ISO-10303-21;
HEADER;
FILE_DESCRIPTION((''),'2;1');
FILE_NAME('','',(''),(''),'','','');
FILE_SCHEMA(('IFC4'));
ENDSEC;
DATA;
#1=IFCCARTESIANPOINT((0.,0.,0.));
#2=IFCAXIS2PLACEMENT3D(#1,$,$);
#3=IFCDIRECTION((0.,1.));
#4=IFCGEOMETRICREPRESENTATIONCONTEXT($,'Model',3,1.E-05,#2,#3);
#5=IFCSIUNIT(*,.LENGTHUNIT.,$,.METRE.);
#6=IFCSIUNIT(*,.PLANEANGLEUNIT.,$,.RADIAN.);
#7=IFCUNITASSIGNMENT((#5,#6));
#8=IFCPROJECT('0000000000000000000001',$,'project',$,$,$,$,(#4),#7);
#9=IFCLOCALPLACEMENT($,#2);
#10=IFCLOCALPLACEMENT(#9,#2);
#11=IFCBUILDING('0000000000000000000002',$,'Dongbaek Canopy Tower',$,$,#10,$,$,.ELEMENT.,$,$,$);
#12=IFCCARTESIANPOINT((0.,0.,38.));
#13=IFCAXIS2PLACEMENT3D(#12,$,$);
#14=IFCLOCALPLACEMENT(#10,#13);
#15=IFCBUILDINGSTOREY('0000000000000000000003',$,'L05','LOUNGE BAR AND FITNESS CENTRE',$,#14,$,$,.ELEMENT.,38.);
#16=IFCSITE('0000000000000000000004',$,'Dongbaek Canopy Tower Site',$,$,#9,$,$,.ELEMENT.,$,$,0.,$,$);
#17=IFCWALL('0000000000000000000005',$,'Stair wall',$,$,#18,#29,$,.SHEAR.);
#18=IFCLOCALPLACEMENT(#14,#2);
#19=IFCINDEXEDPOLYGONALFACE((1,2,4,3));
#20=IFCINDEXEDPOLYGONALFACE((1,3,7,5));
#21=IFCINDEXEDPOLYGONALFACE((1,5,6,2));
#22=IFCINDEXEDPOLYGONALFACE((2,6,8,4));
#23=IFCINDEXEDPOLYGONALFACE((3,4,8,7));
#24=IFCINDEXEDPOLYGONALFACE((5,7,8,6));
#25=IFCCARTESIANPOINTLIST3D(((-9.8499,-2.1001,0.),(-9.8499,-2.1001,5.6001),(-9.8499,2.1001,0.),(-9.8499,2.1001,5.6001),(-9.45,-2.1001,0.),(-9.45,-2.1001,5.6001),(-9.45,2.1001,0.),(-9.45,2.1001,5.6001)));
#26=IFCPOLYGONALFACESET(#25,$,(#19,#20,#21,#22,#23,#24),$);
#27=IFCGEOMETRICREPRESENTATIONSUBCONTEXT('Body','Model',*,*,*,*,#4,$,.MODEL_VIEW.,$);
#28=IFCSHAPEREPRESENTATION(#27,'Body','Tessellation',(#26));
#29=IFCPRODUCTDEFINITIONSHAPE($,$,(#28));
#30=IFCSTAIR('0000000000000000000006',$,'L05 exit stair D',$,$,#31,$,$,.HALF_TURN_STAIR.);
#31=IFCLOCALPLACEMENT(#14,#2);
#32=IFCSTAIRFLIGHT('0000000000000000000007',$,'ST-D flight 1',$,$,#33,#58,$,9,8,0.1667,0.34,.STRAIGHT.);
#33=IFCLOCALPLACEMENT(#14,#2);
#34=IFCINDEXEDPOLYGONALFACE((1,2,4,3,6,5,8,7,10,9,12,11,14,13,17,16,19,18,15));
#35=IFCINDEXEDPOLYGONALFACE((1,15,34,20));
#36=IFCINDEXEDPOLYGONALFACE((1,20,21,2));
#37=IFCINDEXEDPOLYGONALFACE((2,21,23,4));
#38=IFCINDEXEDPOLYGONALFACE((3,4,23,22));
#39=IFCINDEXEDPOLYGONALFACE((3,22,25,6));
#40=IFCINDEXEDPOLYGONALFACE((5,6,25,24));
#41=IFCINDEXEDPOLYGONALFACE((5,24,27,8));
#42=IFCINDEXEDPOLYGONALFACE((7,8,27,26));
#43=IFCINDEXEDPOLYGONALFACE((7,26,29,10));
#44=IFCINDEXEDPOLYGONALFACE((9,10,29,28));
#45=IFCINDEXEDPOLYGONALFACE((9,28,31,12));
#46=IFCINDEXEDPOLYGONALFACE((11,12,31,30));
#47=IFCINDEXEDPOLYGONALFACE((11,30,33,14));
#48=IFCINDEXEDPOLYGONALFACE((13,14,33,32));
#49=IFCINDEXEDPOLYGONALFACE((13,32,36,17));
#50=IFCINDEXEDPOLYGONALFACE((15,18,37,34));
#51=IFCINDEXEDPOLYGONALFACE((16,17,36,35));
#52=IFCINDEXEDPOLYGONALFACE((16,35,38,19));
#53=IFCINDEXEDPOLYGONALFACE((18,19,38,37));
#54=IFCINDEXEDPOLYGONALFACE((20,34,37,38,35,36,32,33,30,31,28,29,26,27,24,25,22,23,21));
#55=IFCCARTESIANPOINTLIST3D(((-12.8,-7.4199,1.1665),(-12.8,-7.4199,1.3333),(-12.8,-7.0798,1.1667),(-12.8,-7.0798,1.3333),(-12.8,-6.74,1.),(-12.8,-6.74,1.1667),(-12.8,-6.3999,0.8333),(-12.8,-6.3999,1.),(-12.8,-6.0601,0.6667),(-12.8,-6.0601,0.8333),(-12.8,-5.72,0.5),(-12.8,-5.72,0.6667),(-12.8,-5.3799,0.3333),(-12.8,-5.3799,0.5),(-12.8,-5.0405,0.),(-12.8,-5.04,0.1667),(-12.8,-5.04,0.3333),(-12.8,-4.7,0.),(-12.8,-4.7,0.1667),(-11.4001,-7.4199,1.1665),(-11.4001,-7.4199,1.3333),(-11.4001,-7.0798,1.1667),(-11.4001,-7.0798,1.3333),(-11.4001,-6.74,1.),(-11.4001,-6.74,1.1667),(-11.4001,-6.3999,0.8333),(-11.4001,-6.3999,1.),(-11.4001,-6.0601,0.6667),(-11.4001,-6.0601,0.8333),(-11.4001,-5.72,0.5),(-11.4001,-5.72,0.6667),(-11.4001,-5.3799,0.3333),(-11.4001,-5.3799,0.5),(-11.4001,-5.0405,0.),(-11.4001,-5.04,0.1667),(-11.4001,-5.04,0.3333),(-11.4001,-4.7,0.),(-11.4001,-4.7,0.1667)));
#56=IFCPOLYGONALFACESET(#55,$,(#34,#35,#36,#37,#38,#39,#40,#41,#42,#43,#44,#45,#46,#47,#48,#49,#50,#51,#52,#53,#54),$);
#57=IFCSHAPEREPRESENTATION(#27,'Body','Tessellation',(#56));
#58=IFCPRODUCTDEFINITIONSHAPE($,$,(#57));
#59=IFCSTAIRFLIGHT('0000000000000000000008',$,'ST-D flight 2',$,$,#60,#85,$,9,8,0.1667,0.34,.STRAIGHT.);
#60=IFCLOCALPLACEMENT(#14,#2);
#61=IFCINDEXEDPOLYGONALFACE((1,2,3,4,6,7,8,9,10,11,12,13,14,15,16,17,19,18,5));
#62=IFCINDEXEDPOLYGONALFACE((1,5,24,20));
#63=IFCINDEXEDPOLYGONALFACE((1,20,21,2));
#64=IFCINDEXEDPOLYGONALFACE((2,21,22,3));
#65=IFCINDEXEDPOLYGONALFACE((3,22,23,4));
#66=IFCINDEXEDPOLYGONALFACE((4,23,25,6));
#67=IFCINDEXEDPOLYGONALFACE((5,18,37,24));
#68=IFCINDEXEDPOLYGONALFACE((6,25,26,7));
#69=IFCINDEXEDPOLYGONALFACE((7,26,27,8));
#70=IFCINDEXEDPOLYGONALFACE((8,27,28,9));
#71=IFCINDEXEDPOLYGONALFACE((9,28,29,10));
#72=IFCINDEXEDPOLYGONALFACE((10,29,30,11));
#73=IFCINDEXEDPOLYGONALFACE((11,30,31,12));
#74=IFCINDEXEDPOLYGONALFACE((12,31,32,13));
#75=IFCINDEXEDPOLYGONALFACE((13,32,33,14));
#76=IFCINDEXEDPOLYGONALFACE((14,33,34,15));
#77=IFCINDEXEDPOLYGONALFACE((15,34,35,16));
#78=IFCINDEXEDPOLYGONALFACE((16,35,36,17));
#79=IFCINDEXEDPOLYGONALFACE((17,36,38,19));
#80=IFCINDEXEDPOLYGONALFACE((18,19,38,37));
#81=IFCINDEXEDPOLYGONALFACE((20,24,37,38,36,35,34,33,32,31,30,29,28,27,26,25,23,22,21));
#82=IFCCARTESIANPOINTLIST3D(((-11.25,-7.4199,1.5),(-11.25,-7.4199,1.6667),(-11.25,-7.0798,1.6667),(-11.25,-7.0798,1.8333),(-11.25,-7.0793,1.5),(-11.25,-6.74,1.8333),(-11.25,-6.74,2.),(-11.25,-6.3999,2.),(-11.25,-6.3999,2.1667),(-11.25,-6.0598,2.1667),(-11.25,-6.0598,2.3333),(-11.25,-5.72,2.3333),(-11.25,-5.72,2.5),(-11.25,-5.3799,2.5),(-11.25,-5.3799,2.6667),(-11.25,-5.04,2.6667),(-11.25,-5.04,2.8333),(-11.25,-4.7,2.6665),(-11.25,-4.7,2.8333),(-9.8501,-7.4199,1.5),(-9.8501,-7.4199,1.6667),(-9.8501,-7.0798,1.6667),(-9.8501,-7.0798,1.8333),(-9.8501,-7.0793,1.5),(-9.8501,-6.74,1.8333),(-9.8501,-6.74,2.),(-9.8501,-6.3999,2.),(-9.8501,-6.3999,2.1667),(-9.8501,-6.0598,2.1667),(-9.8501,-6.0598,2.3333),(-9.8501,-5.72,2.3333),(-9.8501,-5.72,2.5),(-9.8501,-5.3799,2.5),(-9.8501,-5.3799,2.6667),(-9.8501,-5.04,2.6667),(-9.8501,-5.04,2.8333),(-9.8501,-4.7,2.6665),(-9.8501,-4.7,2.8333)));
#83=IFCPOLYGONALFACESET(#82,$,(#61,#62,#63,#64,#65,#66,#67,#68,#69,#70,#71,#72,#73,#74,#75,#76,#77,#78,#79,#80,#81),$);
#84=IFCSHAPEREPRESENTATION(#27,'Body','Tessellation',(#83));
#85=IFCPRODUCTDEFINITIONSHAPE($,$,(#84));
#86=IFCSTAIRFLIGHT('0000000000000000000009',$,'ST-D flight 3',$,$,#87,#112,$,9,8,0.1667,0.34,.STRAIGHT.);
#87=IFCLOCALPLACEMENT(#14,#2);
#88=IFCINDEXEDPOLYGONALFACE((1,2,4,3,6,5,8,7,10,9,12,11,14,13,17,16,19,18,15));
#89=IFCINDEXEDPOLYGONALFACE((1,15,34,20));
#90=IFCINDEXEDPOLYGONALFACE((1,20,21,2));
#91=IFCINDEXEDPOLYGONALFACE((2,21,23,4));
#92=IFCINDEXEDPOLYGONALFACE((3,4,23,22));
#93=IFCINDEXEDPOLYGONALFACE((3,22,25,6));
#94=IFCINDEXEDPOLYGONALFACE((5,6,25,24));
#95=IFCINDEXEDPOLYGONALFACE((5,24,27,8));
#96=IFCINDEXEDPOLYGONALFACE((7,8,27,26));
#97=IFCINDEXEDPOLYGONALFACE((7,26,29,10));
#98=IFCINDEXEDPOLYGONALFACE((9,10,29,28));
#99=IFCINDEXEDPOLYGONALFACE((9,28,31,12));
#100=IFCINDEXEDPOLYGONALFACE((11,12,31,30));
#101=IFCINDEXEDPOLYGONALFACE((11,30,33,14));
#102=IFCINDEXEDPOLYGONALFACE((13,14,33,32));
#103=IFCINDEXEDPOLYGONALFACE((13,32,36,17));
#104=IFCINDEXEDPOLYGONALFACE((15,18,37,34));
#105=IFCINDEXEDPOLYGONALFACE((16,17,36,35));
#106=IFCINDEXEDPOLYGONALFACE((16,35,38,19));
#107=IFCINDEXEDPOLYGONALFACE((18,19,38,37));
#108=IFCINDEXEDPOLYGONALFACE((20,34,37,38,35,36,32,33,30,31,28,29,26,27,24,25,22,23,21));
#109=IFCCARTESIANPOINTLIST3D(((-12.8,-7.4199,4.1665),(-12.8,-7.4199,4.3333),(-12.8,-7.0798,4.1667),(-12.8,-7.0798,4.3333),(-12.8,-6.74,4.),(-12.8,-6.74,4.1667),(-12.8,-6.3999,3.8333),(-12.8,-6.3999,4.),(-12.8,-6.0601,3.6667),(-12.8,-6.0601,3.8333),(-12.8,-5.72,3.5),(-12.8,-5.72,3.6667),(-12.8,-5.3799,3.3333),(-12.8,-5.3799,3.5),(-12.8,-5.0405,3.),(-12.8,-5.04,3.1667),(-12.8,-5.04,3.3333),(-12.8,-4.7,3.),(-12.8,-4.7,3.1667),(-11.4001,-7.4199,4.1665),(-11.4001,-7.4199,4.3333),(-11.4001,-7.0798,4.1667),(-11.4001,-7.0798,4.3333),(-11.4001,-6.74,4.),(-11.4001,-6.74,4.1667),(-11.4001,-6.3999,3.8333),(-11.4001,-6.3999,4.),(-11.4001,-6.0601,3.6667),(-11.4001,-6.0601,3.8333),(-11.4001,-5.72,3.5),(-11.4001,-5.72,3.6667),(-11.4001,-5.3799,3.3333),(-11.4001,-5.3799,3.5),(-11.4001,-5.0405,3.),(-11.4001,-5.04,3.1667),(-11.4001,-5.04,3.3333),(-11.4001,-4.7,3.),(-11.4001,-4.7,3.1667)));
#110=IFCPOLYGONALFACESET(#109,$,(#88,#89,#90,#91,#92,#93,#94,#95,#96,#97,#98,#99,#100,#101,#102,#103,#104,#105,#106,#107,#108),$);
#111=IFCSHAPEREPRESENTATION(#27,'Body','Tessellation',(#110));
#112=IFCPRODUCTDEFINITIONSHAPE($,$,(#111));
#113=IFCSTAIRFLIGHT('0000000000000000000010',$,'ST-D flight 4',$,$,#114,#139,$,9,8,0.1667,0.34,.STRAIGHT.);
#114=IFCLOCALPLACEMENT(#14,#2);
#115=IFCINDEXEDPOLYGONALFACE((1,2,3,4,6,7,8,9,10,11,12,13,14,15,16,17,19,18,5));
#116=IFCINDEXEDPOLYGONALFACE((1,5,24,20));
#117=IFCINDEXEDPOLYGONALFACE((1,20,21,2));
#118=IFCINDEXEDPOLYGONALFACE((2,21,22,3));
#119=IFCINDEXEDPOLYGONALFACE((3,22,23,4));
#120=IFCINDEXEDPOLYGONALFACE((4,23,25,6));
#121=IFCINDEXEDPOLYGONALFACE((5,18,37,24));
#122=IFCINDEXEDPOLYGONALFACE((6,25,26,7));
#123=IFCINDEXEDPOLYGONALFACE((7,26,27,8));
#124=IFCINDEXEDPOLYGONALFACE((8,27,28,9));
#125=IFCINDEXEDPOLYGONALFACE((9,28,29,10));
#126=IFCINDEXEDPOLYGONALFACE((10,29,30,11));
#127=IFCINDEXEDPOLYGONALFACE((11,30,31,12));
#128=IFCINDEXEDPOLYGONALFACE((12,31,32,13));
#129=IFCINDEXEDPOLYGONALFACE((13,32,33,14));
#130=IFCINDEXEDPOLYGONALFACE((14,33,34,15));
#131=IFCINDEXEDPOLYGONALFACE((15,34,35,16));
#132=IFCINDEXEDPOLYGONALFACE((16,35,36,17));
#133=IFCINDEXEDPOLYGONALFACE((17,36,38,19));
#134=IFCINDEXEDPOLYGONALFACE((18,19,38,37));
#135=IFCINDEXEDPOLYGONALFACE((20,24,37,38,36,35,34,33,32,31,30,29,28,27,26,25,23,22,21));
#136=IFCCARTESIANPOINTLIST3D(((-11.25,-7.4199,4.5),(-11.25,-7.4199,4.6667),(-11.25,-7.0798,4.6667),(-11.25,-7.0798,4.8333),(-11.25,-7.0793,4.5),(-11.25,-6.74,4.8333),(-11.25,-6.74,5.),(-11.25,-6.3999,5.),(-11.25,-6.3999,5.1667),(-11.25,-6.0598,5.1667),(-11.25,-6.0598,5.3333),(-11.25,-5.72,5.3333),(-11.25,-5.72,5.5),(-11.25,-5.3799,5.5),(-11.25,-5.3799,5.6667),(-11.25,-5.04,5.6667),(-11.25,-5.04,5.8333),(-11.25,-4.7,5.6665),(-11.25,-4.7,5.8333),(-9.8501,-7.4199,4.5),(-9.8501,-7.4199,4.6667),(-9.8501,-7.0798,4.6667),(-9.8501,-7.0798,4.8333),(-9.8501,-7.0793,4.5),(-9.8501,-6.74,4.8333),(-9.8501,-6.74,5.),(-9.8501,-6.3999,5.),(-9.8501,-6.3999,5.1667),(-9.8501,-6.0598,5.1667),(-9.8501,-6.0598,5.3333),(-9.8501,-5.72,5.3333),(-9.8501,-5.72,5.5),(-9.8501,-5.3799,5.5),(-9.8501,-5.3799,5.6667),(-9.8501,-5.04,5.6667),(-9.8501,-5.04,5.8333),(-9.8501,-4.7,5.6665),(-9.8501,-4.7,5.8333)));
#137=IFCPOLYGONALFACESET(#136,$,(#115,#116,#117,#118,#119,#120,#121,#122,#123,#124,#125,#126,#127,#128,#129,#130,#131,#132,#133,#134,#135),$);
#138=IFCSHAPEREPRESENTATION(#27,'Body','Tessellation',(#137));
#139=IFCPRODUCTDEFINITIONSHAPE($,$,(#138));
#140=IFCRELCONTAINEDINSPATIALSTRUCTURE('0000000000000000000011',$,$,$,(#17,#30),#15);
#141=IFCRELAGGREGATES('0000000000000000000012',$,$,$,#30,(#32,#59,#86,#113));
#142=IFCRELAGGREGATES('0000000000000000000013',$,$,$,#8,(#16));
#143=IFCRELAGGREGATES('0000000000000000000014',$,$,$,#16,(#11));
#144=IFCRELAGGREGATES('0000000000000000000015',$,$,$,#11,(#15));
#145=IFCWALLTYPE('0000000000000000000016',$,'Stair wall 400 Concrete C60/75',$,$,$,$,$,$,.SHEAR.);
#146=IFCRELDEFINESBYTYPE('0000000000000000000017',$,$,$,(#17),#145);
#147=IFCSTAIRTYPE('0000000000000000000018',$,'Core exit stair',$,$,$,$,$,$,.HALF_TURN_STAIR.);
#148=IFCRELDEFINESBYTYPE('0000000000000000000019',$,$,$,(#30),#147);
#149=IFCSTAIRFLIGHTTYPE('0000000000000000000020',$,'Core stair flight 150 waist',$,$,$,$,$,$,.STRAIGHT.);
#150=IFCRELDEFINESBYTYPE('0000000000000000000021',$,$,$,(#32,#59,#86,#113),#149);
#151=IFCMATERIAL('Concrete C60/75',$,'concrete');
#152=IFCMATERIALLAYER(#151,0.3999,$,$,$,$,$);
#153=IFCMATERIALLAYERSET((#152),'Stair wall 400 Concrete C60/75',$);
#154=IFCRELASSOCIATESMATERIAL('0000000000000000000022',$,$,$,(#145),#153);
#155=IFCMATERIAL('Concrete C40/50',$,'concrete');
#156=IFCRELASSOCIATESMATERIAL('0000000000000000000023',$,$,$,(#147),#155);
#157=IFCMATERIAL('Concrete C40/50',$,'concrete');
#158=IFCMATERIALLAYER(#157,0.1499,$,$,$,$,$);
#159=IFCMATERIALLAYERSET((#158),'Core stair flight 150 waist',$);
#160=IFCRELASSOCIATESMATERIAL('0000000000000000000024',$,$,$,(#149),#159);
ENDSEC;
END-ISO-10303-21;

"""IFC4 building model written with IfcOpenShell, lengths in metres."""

from ifc_helpers import new_model, si_unit, direction, frame, frame_2d, origin, place, context, subcontext, project, spatial, polyline, rectangle, outline, extrude, material, layer, layer_set, type_object, element, aggregate, save


model = new_model("IFC4")

# Units and contexts
model_context = context("Model", 3, precision=1e-05, world=origin(), true_north=direction((0.0, 1.0)))
body_context = subcontext(model_context, "Body", "Model", "MODEL_VIEW")
ifc_project = project(units=[si_unit("LENGTHUNIT", "METRE"), si_unit("PLANEANGLEUNIT", "RADIAN")], contexts=[model_context])

# Site, building, storey
site_placement = place(None, origin())
site = spatial("IfcSite", under=ifc_project, at=site_placement, Name="Dongbaek Canopy Tower Site", CompositionType="ELEMENT", RefElevation=0.0)
building_placement = place(site_placement, origin())
building = spatial("IfcBuilding", under=site, at=building_placement, Name="Dongbaek Canopy Tower", CompositionType="ELEMENT")
storey_placement = place(building_placement, frame((0.0, 0.0, 38.0)))
storey = spatial("IfcBuildingStorey", under=building, at=storey_placement, Name="L05", Description="LOUNGE BAR AND FITNESS CENTRE", CompositionType="ELEMENT", Elevation=38.0)

# Wall
ifc_material_1 = material(Name="Concrete C60/75", Category="concrete")
ifc_layer_1 = layer(ifc_material_1, 0.3999)
ifc_layer_set_1 = layer_set([ifc_layer_1], Name="Stair wall 400 Concrete C60/75")
wall_type_1 = type_object("IfcWallType", Name="Stair wall 400 Concrete C60/75", PredefinedType="SHEAR", material=ifc_layer_set_1)
wall_1_placement = place(storey_placement, frame((-9.6499, -2.1001, 0.0), z_axis=(0.0, 0.0, 1.0), x_axis=(0.0, 1.0, 0.0)))
element("IfcWall", 1, at=wall_1_placement, inside=storey, type_object=wall_type_1, Name="Stair wall", PredefinedType="SHEAR", context=body_context, shape_type="SweptSolid", body=[
    extrude(rectangle(XDim=4.2002, YDim=0.3999, at=frame_2d((2.1001, 0.0))), origin(), (0.0, 0.0, 1.0), 5.6001),
])

# Stair, stair flights
ifc_material_2 = material(Name="Concrete C40/50", Category="concrete")
stair_type = type_object("IfcStairType", Name="Core exit stair", PredefinedType="HALF_TURN_STAIR", material=ifc_material_2)
stair_placement = place(storey_placement, origin())
stair = element("IfcStair", 2, at=stair_placement, inside=storey, type_object=stair_type, Name="L05 exit stair D", PredefinedType="HALF_TURN_STAIR")
ifc_material_3 = material(Name="Concrete C40/50", Category="concrete")
ifc_layer_2 = layer(ifc_material_3, 0.1499)
ifc_layer_set_2 = layer_set([ifc_layer_2], Name="Core stair flight 150 waist")
stair_flight_type = type_object("IfcStairFlightType", Name="Core stair flight 150 waist", PredefinedType="STRAIGHT", material=ifc_layer_set_2)
stair_flight_1_placement = place(storey_placement, frame((-12.1001, -4.7, 0.0), z_axis=(0.0, 0.0, 1.0), x_axis=(0.0, -1.0, 0.0)))
stair_flight_1 = element("IfcStairFlight", 3, at=stair_flight_1_placement, type_object=stair_flight_type, Name="ST-D flight 1", NumberOfRisers=9, NumberOfTreads=8, PredefinedType="STRAIGHT", RiserHeight=0.1667, TreadLength=0.34, context=body_context, shape_type="SweptSolid", body=[
    extrude(outline(polyline([(0.0, 0.0), (0.0, 0.1667), (0.3401, 0.1667), (0.3401, 0.3333), (0.6799, 0.3333), (0.6799, 0.5), (1.02, 0.5), (1.02, 0.6667), (1.3601, 0.6667), (1.3601, 0.8333), (1.7, 0.8333), (1.7, 1.0), (2.04, 1.0), (2.04, 1.1667), (2.3799, 1.1667), (2.3799, 1.3333), (2.72, 1.3333), (2.72, 1.5), (2.72, 1.1665), (0.3406, 0.0), (0.0, 0.0)])), frame((0.0, 0.7, 0.0), z_axis=(0.0, -1.0, 0.0), x_axis=(1.0, 0.0, 0.0)), (0.0, 0.0, 1.0), 1.3999),
])
stair_flight_2_placement = place(storey_placement, frame((-10.55, -7.4199, 1.5), z_axis=(0.0, 0.0, 1.0), x_axis=(0.0, 1.0, 0.0)))
stair_flight_2 = element("IfcStairFlight", 4, at=stair_flight_2_placement, type_object=stair_flight_type, Name="ST-D flight 2", NumberOfRisers=9, NumberOfTreads=8, PredefinedType="STRAIGHT", RiserHeight=0.1667, TreadLength=0.34, context=body_context, shape_type="SweptSolid", body=[
    extrude(outline(polyline([(0.0, 0.0), (0.0, 0.1667), (0.3401, 0.1667), (0.3401, 0.3333), (0.6799, 0.3333), (0.6799, 0.5), (1.02, 0.5), (1.02, 0.6667), (1.3601, 0.6667), (1.3601, 0.8333), (1.7, 0.8333), (1.7, 1.0), (2.04, 1.0), (2.04, 1.1667), (2.3799, 1.1667), (2.3799, 1.3333), (2.72, 1.3333), (2.72, 1.5), (2.72, 1.1665), (0.3406, 0.0), (0.0, 0.0)])), frame((0.0, 0.7, 0.0), z_axis=(0.0, -1.0, 0.0), x_axis=(1.0, 0.0, 0.0)), (0.0, 0.0, 1.0), 1.3999),
])
stair_flight_3_placement = place(storey_placement, frame((-12.1001, -4.7, 3.0), z_axis=(0.0, 0.0, 1.0), x_axis=(0.0, -1.0, 0.0)))
stair_flight_3 = element("IfcStairFlight", 5, at=stair_flight_3_placement, type_object=stair_flight_type, Name="ST-D flight 3", NumberOfRisers=9, NumberOfTreads=8, PredefinedType="STRAIGHT", RiserHeight=0.1667, TreadLength=0.34, context=body_context, shape_type="SweptSolid", body=[
    extrude(outline(polyline([(0.0, 0.0), (0.0, 0.1667), (0.3401, 0.1667), (0.3401, 0.3333), (0.6799, 0.3333), (0.6799, 0.5), (1.02, 0.5), (1.02, 0.6667), (1.3601, 0.6667), (1.3601, 0.8333), (1.7, 0.8333), (1.7, 1.0), (2.04, 1.0), (2.04, 1.1667), (2.3799, 1.1667), (2.3799, 1.3333), (2.72, 1.3333), (2.72, 1.5), (2.72, 1.1665), (0.3406, 0.0), (0.0, 0.0)])), frame((0.0, 0.7, 0.0), z_axis=(0.0, -1.0, 0.0), x_axis=(1.0, 0.0, 0.0)), (0.0, 0.0, 1.0), 1.3999),
])
stair_flight_4_placement = place(storey_placement, frame((-10.55, -7.4199, 4.5), z_axis=(0.0, 0.0, 1.0), x_axis=(0.0, 1.0, 0.0)))
stair_flight_4 = element("IfcStairFlight", 6, at=stair_flight_4_placement, type_object=stair_flight_type, Name="ST-D flight 4", NumberOfRisers=9, NumberOfTreads=8, PredefinedType="STRAIGHT", RiserHeight=0.1667, TreadLength=0.34, context=body_context, shape_type="SweptSolid", body=[
    extrude(outline(polyline([(0.0, 0.0), (0.0, 0.1667), (0.3401, 0.1667), (0.3401, 0.3333), (0.6799, 0.3333), (0.6799, 0.5), (1.02, 0.5), (1.02, 0.6667), (1.3601, 0.6667), (1.3601, 0.8333), (1.7, 0.8333), (1.7, 1.0), (2.04, 1.0), (2.04, 1.1667), (2.3799, 1.1667), (2.3799, 1.3333), (2.72, 1.3333), (2.72, 1.5), (2.72, 1.1665), (0.3406, 0.0), (0.0, 0.0)])), frame((0.0, 0.7, 0.0), z_axis=(0.0, -1.0, 0.0), x_axis=(1.0, 0.0, 0.0)), (0.0, 0.0, 1.0), 1.3999),
])
aggregate(stair, [stair_flight_1, stair_flight_2, stair_flight_3, stair_flight_4])

save(model, "model.ifc")
